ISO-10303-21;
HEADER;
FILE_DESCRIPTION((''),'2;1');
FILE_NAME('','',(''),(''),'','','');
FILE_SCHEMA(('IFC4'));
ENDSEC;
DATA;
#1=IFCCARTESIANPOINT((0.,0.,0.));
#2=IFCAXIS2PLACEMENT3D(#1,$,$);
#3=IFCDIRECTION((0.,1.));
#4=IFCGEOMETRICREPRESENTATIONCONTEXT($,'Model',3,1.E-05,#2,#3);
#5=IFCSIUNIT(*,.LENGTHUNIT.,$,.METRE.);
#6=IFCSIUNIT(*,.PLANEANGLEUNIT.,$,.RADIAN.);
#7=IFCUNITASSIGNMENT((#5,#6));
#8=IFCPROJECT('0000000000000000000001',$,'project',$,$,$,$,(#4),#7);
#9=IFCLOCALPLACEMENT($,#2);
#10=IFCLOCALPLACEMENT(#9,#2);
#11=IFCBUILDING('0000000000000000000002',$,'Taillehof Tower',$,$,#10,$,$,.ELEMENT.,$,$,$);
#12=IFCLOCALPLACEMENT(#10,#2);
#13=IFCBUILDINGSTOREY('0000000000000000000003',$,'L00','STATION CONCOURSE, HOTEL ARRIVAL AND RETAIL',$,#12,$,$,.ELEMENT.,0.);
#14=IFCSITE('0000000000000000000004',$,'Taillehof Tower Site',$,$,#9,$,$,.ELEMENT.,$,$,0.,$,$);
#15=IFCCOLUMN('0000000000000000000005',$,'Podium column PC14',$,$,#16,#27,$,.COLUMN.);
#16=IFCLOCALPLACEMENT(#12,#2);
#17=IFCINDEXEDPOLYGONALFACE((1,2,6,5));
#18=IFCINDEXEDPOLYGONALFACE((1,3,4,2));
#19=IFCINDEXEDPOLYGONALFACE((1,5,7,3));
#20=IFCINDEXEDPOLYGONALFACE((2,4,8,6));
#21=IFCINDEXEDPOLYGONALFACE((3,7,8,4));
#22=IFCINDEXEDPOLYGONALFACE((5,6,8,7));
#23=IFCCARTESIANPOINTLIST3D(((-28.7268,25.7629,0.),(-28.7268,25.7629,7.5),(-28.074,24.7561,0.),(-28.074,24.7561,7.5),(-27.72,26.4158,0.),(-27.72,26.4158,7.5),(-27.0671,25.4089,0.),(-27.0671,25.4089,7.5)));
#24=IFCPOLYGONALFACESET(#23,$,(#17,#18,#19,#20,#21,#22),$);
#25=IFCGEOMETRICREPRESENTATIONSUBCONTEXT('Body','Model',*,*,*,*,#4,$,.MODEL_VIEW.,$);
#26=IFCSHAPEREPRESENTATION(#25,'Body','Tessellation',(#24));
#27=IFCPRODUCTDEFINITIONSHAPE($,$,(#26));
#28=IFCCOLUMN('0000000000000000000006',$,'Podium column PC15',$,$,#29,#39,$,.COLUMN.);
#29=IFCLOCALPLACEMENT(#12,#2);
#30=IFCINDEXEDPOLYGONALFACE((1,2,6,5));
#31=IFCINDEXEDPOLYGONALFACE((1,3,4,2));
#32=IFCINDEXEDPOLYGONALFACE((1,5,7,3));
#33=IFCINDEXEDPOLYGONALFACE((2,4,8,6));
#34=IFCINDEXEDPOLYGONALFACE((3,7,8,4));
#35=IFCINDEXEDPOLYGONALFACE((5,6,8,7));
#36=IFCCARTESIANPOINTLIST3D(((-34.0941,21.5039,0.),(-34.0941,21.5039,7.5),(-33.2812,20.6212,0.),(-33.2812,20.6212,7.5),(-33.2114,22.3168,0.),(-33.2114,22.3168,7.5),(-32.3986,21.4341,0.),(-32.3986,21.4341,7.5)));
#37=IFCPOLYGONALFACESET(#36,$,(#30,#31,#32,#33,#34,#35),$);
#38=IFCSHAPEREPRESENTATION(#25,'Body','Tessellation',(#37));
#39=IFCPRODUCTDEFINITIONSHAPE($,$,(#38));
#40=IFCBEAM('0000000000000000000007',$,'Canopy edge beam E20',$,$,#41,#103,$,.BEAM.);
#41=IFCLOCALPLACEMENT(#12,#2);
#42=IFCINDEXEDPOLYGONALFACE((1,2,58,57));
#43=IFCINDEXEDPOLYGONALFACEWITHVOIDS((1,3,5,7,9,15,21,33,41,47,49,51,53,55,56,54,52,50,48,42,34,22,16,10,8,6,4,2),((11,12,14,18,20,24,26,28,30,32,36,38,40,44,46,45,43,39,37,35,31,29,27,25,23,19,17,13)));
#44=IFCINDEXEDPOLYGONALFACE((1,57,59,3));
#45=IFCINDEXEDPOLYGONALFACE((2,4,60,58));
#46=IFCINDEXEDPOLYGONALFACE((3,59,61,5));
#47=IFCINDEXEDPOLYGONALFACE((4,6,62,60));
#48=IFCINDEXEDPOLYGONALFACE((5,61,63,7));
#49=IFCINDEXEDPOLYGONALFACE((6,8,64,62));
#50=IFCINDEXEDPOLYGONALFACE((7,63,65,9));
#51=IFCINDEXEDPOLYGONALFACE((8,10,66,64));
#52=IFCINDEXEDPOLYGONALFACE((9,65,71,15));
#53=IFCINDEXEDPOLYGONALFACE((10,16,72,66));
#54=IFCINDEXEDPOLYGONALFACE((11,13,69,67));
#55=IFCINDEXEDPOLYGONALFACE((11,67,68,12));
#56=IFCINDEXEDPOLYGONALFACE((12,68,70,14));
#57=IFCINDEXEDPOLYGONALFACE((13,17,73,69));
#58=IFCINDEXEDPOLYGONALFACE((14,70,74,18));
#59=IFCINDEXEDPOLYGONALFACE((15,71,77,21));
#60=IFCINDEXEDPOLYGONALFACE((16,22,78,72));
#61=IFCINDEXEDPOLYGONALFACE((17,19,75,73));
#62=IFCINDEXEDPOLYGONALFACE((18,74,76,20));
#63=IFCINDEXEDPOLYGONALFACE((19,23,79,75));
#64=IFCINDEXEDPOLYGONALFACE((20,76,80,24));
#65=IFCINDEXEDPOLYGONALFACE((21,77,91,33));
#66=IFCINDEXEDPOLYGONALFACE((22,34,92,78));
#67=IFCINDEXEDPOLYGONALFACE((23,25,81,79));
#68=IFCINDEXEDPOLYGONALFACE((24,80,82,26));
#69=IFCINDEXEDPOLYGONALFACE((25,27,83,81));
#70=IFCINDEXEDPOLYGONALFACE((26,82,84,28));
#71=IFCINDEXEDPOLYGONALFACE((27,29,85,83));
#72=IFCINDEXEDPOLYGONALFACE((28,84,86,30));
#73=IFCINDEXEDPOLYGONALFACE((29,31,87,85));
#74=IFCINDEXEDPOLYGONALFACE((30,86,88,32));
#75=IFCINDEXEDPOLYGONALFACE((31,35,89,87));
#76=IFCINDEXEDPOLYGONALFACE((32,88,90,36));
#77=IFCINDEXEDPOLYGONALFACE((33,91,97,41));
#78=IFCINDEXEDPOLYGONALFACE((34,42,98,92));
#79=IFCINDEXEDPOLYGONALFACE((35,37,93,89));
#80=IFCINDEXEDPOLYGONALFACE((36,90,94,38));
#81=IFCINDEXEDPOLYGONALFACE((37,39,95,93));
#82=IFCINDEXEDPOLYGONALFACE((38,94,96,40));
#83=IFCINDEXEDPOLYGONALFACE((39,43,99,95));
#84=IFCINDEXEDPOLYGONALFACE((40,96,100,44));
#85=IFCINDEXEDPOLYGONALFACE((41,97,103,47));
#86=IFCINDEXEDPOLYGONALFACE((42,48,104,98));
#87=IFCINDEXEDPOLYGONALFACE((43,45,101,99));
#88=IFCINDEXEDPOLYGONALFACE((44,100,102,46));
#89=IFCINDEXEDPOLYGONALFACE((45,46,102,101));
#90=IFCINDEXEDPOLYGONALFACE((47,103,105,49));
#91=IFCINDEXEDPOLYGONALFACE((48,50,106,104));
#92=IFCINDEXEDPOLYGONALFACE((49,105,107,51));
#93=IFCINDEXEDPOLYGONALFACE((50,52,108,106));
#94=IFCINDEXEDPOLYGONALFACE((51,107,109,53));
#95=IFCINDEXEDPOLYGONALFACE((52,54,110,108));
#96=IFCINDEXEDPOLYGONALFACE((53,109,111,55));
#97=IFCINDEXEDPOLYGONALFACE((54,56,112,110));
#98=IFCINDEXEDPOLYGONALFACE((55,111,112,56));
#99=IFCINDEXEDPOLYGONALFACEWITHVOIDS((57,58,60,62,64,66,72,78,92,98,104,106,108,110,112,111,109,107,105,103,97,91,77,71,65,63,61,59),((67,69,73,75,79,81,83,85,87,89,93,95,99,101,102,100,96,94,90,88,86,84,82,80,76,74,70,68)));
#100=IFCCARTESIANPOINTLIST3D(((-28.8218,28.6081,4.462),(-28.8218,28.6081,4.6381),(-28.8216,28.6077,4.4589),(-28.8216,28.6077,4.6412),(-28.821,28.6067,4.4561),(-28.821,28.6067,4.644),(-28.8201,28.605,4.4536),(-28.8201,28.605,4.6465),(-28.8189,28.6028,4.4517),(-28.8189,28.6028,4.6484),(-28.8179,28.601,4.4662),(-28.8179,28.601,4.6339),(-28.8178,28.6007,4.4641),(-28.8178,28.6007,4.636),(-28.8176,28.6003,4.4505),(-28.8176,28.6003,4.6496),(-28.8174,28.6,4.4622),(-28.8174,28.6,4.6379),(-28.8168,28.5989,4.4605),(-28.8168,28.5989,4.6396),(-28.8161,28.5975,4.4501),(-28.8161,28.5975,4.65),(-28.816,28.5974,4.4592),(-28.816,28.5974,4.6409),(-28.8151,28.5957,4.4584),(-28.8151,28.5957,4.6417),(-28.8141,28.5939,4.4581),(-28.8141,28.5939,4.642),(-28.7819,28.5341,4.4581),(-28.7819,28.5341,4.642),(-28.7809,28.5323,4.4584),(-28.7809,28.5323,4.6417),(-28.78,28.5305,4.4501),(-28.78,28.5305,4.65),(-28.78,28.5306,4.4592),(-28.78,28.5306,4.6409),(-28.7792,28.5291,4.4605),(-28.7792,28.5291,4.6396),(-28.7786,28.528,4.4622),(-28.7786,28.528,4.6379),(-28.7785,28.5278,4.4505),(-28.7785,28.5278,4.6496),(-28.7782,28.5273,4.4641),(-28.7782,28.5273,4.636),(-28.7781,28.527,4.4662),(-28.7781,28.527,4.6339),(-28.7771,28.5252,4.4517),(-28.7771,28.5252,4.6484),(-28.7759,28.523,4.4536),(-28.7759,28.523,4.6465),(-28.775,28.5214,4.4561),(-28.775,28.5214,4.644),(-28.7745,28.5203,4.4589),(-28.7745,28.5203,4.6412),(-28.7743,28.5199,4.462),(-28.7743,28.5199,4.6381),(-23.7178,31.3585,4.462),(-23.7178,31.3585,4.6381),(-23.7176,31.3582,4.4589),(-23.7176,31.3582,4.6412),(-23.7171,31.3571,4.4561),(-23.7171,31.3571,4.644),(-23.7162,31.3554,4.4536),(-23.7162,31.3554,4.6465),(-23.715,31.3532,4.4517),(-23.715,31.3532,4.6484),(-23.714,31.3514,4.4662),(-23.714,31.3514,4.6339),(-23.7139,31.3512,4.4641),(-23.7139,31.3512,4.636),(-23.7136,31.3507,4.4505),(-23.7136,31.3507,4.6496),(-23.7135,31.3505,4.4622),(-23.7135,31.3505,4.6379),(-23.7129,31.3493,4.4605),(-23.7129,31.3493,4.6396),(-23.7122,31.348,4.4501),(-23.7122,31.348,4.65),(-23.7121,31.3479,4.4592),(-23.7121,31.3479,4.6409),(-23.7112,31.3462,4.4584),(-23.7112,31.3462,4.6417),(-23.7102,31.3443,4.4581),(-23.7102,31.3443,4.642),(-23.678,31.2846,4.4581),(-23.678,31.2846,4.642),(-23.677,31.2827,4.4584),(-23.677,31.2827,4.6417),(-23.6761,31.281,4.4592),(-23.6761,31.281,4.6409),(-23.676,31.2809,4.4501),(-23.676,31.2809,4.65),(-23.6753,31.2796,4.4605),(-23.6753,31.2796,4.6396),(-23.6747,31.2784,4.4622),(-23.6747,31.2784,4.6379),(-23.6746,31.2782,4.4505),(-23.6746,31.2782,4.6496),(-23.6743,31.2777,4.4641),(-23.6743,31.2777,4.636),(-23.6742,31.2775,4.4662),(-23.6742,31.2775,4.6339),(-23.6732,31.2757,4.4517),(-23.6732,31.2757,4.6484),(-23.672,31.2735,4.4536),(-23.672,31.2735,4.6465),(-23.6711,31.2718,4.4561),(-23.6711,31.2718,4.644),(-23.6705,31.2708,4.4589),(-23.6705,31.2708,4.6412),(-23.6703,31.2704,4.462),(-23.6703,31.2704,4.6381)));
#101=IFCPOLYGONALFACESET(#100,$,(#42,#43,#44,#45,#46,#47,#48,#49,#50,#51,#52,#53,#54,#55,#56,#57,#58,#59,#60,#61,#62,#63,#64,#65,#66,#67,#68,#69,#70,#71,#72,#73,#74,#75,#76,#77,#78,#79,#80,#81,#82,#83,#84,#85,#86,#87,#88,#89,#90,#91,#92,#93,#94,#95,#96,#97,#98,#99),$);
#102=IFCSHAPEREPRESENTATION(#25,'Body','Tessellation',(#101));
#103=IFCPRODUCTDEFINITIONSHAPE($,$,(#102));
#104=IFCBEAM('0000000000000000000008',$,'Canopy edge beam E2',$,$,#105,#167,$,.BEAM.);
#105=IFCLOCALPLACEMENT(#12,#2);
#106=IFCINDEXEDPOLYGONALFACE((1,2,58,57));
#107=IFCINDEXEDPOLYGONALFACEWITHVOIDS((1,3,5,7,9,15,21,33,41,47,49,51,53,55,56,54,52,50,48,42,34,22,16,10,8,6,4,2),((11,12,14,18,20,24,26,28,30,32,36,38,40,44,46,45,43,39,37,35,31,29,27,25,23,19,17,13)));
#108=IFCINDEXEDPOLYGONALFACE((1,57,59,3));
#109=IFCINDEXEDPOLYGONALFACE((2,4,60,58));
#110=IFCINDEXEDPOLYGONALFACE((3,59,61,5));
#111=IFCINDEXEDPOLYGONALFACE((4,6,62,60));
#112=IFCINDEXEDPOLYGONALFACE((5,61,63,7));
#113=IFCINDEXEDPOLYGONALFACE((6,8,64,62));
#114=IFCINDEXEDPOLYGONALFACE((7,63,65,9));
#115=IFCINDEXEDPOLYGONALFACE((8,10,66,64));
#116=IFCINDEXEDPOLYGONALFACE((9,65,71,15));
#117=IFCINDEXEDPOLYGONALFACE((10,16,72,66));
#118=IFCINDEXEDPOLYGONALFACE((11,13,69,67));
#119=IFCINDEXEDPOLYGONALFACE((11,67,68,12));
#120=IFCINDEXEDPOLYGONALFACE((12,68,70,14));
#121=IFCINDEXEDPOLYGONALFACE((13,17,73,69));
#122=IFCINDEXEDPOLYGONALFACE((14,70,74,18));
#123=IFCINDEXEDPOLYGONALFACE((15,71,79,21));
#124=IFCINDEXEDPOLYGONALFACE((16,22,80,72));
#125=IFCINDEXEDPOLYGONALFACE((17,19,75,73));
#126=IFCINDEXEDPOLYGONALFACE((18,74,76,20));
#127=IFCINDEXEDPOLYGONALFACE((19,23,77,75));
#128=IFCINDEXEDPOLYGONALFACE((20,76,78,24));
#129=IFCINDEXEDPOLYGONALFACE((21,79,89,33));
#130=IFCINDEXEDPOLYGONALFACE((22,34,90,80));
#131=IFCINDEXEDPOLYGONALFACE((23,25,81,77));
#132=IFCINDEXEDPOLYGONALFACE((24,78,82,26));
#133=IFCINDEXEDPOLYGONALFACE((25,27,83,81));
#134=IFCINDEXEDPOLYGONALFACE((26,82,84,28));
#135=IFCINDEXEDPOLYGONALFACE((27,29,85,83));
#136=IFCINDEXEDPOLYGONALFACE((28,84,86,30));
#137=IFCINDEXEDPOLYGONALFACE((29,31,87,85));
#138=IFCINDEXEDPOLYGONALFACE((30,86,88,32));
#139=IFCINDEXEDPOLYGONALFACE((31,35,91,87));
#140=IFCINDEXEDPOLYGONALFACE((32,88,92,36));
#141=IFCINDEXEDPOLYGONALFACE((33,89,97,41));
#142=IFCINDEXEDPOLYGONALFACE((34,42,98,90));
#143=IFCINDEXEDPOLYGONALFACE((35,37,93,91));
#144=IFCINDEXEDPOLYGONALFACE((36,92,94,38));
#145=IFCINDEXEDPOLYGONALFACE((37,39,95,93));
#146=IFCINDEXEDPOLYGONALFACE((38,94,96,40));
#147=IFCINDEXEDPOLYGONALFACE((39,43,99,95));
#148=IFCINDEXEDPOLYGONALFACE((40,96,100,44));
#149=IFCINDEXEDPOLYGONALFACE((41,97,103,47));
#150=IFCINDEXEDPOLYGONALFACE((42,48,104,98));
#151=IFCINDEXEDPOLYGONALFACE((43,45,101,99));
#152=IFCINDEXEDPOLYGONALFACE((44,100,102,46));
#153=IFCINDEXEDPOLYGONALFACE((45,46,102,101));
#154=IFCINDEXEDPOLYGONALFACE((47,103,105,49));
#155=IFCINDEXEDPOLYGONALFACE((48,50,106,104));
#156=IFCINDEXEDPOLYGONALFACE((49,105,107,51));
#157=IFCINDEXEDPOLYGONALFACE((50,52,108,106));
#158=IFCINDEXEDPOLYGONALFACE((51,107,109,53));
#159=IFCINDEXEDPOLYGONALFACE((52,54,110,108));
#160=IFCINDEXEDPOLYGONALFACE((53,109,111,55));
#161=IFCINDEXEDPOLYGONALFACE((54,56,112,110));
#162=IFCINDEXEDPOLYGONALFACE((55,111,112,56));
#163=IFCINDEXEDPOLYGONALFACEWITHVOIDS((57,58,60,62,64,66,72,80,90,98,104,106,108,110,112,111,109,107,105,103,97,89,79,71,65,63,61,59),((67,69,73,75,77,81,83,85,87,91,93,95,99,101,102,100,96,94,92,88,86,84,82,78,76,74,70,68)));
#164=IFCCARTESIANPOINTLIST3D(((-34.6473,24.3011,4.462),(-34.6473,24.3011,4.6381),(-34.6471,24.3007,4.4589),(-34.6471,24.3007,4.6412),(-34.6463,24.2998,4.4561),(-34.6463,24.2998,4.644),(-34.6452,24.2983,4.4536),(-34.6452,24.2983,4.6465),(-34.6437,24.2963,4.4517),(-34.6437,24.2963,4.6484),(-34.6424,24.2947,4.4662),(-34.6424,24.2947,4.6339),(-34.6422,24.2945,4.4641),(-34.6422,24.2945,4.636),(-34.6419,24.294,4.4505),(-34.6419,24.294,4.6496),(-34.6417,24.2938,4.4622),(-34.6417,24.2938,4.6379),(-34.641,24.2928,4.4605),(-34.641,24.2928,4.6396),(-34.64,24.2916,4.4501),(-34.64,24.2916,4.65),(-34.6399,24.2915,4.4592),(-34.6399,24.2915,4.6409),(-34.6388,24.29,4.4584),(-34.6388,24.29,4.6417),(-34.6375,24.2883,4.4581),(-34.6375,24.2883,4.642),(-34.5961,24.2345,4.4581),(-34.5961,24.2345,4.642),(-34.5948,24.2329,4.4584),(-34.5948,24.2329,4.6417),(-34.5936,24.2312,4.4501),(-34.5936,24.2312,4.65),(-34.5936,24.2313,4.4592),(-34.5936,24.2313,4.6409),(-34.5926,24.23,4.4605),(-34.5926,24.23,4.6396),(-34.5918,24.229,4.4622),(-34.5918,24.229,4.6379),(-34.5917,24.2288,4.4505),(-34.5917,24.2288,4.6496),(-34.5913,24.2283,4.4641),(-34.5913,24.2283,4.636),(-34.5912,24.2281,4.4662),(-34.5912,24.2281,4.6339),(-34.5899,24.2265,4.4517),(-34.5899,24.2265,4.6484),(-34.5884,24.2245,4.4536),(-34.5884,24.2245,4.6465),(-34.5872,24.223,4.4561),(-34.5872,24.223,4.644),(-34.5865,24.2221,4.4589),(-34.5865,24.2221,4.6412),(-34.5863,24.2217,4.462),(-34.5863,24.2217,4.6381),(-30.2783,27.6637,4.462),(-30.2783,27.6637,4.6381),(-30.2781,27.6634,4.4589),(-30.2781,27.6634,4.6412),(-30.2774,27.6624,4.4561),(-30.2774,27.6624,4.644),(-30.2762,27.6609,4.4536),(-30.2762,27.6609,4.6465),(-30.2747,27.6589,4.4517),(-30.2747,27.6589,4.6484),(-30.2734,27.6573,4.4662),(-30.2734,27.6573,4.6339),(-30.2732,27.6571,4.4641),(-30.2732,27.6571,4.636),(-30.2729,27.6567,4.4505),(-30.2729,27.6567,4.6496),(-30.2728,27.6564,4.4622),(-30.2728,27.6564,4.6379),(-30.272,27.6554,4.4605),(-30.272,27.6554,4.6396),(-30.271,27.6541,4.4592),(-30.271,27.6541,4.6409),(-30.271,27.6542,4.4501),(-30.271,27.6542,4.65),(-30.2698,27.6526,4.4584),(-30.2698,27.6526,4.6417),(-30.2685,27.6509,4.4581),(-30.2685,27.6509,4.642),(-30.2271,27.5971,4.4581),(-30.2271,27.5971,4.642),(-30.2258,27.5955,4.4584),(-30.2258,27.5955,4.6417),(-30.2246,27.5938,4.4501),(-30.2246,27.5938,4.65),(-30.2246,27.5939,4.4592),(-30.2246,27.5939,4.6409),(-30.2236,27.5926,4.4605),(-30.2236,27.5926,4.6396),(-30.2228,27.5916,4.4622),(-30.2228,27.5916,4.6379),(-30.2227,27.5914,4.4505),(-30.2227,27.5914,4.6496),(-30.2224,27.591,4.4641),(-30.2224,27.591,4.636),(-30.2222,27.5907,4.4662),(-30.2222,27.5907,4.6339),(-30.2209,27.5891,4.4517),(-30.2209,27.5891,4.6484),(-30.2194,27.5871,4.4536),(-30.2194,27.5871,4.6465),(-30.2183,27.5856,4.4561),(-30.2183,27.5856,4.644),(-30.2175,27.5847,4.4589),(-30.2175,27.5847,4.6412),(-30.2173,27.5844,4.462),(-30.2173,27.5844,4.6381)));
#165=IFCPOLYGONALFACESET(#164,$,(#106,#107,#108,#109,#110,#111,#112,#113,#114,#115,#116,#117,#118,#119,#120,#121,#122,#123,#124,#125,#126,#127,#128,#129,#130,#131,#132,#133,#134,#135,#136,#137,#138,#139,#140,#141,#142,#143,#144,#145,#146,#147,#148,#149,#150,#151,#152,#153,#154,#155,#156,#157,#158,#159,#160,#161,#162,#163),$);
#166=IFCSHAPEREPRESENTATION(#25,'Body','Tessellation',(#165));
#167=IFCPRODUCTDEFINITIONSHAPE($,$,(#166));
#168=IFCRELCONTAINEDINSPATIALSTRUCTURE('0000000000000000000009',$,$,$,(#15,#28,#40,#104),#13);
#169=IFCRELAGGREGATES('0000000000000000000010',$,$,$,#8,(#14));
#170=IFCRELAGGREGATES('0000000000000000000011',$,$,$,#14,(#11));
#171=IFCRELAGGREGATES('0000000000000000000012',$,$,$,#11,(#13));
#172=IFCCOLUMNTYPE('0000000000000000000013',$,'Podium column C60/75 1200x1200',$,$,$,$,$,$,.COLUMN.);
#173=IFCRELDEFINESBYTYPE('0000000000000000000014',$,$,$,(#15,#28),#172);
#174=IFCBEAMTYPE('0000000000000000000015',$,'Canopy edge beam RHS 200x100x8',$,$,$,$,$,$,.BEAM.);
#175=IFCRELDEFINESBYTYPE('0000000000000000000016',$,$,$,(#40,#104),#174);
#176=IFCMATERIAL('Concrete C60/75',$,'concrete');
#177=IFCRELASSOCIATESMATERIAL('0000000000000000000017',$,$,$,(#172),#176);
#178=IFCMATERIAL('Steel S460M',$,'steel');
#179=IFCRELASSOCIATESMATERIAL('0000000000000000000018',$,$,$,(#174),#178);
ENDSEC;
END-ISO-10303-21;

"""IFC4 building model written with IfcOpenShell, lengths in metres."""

from ifc_helpers import new_model, si_unit, direction, frame, origin, origin_2d, place, context, subcontext, project, spatial, rectangle, hollow_rectangle, extrude, material, material_profile, profile_set, type_object, element, save


model = new_model("IFC4")

# Units and contexts
model_context = context("Model", 3, precision=1e-05, world=origin(), true_north=direction((0.0, 1.0)))
body_context = subcontext(model_context, "Body", "Model", "MODEL_VIEW")
ifc_project = project(units=[si_unit("LENGTHUNIT", "METRE"), si_unit("PLANEANGLEUNIT", "RADIAN")], contexts=[model_context])

# Site, building, storey
site_placement = place(None, origin())
site = spatial("IfcSite", under=ifc_project, at=site_placement, Name="Taillehof Tower Site", CompositionType="ELEMENT", RefElevation=0.0)
building_placement = place(site_placement, origin())
building = spatial("IfcBuilding", under=site, at=building_placement, Name="Taillehof Tower", CompositionType="ELEMENT")
storey_placement = place(building_placement, origin())
storey = spatial("IfcBuildingStorey", under=building, at=storey_placement, Name="L00", Description="STATION CONCOURSE, HOTEL ARRIVAL AND RETAIL", CompositionType="ELEMENT", Elevation=0.0)

# Columns
ifc_material_1 = material(Name="Concrete C60/75", Category="concrete")
ifc_material_profile_1 = material_profile(ifc_material_1, rectangle(XDim=1.2, YDim=1.2, at=origin_2d()), Name="RC 1200x1200")
ifc_profile_set_1 = profile_set([ifc_material_profile_1], Name="Concrete C60/75")
column_type_1 = type_object("IfcColumnType", Name="Podium column C60/75 1200x1200", PredefinedType="COLUMN", material=ifc_profile_set_1)
for number, where, z_axis, x_axis, name in (
    (1, (-27.897, 25.5859, 0.0), (0.0, 0.0, 1.0), (-0.544041, 0.839058, 0.0), "Podium column PC14"),
    (2, (-33.2463, 21.469, 0.0), (0.0, 0.0, 1.0), (-0.677415, 0.735601, 0.0), "Podium column PC15"),
):
    element("IfcColumn", number, at=place(storey_placement, frame(where, z_axis=z_axis, x_axis=x_axis)), inside=storey, type_object=column_type_1, Name=name, PredefinedType="COLUMN", context=body_context, shape_type="SweptSolid", body=[
        extrude(rectangle(XDim=1.2, YDim=1.2, at=origin_2d()), origin(), (0.0, 0.0, 1.0), 7.5),
    ])

# Beams
ifc_material_2 = material(Name="Steel S460M", Category="steel")
ifc_material_profile_2 = material_profile(ifc_material_2, hollow_rectangle(XDim=0.1001, YDim=0.2, WallThickness=0.0081, InnerFilletRadius=0.0081, OuterFilletRadius=0.012, at=origin_2d()), Name="RHS 200x100x8")
ifc_profile_set_2 = profile_set([ifc_material_profile_2], Name="Steel S460M")
beam_type_1 = type_object("IfcBeamType", Name="Canopy edge beam RHS 200x100x8", PredefinedType="BEAM", material=ifc_profile_set_2)
beam_1_placement = place(storey_placement, frame((-23.6941, 31.3145, 4.55), z_axis=(-0.880314, -0.474391, 0.0), x_axis=(0.474391, -0.880314, 0.0)))
element("IfcBeam", 3, at=beam_1_placement, inside=storey, type_object=beam_type_1, Name="Canopy edge beam E20", PredefinedType="BEAM", context=body_context, shape_type="SweptSolid", body=[
    extrude(hollow_rectangle(XDim=0.1001, YDim=0.2, WallThickness=0.0081, InnerFilletRadius=0.0081, OuterFilletRadius=0.012, at=origin_2d()), origin(), (0.0, 0.0, 1.0), 5.7979),
])
beam_2_placement = place(storey_placement, frame((-30.2478, 27.624, 4.55), z_axis=(-0.792461, -0.609923, 0.0), x_axis=(0.609923, -0.792461, 0.0)))
element("IfcBeam", 4, at=beam_2_placement, inside=storey, type_object=beam_type_1, Name="Canopy edge beam E2", PredefinedType="BEAM", context=body_context, shape_type="SweptSolid", body=[
    extrude(hollow_rectangle(XDim=0.1001, YDim=0.2, WallThickness=0.0081, InnerFilletRadius=0.0081, OuterFilletRadius=0.012, at=origin_2d()), origin(), (0.0, 0.0, 1.0), 5.5132),
])

save(model, "model.ifc")
